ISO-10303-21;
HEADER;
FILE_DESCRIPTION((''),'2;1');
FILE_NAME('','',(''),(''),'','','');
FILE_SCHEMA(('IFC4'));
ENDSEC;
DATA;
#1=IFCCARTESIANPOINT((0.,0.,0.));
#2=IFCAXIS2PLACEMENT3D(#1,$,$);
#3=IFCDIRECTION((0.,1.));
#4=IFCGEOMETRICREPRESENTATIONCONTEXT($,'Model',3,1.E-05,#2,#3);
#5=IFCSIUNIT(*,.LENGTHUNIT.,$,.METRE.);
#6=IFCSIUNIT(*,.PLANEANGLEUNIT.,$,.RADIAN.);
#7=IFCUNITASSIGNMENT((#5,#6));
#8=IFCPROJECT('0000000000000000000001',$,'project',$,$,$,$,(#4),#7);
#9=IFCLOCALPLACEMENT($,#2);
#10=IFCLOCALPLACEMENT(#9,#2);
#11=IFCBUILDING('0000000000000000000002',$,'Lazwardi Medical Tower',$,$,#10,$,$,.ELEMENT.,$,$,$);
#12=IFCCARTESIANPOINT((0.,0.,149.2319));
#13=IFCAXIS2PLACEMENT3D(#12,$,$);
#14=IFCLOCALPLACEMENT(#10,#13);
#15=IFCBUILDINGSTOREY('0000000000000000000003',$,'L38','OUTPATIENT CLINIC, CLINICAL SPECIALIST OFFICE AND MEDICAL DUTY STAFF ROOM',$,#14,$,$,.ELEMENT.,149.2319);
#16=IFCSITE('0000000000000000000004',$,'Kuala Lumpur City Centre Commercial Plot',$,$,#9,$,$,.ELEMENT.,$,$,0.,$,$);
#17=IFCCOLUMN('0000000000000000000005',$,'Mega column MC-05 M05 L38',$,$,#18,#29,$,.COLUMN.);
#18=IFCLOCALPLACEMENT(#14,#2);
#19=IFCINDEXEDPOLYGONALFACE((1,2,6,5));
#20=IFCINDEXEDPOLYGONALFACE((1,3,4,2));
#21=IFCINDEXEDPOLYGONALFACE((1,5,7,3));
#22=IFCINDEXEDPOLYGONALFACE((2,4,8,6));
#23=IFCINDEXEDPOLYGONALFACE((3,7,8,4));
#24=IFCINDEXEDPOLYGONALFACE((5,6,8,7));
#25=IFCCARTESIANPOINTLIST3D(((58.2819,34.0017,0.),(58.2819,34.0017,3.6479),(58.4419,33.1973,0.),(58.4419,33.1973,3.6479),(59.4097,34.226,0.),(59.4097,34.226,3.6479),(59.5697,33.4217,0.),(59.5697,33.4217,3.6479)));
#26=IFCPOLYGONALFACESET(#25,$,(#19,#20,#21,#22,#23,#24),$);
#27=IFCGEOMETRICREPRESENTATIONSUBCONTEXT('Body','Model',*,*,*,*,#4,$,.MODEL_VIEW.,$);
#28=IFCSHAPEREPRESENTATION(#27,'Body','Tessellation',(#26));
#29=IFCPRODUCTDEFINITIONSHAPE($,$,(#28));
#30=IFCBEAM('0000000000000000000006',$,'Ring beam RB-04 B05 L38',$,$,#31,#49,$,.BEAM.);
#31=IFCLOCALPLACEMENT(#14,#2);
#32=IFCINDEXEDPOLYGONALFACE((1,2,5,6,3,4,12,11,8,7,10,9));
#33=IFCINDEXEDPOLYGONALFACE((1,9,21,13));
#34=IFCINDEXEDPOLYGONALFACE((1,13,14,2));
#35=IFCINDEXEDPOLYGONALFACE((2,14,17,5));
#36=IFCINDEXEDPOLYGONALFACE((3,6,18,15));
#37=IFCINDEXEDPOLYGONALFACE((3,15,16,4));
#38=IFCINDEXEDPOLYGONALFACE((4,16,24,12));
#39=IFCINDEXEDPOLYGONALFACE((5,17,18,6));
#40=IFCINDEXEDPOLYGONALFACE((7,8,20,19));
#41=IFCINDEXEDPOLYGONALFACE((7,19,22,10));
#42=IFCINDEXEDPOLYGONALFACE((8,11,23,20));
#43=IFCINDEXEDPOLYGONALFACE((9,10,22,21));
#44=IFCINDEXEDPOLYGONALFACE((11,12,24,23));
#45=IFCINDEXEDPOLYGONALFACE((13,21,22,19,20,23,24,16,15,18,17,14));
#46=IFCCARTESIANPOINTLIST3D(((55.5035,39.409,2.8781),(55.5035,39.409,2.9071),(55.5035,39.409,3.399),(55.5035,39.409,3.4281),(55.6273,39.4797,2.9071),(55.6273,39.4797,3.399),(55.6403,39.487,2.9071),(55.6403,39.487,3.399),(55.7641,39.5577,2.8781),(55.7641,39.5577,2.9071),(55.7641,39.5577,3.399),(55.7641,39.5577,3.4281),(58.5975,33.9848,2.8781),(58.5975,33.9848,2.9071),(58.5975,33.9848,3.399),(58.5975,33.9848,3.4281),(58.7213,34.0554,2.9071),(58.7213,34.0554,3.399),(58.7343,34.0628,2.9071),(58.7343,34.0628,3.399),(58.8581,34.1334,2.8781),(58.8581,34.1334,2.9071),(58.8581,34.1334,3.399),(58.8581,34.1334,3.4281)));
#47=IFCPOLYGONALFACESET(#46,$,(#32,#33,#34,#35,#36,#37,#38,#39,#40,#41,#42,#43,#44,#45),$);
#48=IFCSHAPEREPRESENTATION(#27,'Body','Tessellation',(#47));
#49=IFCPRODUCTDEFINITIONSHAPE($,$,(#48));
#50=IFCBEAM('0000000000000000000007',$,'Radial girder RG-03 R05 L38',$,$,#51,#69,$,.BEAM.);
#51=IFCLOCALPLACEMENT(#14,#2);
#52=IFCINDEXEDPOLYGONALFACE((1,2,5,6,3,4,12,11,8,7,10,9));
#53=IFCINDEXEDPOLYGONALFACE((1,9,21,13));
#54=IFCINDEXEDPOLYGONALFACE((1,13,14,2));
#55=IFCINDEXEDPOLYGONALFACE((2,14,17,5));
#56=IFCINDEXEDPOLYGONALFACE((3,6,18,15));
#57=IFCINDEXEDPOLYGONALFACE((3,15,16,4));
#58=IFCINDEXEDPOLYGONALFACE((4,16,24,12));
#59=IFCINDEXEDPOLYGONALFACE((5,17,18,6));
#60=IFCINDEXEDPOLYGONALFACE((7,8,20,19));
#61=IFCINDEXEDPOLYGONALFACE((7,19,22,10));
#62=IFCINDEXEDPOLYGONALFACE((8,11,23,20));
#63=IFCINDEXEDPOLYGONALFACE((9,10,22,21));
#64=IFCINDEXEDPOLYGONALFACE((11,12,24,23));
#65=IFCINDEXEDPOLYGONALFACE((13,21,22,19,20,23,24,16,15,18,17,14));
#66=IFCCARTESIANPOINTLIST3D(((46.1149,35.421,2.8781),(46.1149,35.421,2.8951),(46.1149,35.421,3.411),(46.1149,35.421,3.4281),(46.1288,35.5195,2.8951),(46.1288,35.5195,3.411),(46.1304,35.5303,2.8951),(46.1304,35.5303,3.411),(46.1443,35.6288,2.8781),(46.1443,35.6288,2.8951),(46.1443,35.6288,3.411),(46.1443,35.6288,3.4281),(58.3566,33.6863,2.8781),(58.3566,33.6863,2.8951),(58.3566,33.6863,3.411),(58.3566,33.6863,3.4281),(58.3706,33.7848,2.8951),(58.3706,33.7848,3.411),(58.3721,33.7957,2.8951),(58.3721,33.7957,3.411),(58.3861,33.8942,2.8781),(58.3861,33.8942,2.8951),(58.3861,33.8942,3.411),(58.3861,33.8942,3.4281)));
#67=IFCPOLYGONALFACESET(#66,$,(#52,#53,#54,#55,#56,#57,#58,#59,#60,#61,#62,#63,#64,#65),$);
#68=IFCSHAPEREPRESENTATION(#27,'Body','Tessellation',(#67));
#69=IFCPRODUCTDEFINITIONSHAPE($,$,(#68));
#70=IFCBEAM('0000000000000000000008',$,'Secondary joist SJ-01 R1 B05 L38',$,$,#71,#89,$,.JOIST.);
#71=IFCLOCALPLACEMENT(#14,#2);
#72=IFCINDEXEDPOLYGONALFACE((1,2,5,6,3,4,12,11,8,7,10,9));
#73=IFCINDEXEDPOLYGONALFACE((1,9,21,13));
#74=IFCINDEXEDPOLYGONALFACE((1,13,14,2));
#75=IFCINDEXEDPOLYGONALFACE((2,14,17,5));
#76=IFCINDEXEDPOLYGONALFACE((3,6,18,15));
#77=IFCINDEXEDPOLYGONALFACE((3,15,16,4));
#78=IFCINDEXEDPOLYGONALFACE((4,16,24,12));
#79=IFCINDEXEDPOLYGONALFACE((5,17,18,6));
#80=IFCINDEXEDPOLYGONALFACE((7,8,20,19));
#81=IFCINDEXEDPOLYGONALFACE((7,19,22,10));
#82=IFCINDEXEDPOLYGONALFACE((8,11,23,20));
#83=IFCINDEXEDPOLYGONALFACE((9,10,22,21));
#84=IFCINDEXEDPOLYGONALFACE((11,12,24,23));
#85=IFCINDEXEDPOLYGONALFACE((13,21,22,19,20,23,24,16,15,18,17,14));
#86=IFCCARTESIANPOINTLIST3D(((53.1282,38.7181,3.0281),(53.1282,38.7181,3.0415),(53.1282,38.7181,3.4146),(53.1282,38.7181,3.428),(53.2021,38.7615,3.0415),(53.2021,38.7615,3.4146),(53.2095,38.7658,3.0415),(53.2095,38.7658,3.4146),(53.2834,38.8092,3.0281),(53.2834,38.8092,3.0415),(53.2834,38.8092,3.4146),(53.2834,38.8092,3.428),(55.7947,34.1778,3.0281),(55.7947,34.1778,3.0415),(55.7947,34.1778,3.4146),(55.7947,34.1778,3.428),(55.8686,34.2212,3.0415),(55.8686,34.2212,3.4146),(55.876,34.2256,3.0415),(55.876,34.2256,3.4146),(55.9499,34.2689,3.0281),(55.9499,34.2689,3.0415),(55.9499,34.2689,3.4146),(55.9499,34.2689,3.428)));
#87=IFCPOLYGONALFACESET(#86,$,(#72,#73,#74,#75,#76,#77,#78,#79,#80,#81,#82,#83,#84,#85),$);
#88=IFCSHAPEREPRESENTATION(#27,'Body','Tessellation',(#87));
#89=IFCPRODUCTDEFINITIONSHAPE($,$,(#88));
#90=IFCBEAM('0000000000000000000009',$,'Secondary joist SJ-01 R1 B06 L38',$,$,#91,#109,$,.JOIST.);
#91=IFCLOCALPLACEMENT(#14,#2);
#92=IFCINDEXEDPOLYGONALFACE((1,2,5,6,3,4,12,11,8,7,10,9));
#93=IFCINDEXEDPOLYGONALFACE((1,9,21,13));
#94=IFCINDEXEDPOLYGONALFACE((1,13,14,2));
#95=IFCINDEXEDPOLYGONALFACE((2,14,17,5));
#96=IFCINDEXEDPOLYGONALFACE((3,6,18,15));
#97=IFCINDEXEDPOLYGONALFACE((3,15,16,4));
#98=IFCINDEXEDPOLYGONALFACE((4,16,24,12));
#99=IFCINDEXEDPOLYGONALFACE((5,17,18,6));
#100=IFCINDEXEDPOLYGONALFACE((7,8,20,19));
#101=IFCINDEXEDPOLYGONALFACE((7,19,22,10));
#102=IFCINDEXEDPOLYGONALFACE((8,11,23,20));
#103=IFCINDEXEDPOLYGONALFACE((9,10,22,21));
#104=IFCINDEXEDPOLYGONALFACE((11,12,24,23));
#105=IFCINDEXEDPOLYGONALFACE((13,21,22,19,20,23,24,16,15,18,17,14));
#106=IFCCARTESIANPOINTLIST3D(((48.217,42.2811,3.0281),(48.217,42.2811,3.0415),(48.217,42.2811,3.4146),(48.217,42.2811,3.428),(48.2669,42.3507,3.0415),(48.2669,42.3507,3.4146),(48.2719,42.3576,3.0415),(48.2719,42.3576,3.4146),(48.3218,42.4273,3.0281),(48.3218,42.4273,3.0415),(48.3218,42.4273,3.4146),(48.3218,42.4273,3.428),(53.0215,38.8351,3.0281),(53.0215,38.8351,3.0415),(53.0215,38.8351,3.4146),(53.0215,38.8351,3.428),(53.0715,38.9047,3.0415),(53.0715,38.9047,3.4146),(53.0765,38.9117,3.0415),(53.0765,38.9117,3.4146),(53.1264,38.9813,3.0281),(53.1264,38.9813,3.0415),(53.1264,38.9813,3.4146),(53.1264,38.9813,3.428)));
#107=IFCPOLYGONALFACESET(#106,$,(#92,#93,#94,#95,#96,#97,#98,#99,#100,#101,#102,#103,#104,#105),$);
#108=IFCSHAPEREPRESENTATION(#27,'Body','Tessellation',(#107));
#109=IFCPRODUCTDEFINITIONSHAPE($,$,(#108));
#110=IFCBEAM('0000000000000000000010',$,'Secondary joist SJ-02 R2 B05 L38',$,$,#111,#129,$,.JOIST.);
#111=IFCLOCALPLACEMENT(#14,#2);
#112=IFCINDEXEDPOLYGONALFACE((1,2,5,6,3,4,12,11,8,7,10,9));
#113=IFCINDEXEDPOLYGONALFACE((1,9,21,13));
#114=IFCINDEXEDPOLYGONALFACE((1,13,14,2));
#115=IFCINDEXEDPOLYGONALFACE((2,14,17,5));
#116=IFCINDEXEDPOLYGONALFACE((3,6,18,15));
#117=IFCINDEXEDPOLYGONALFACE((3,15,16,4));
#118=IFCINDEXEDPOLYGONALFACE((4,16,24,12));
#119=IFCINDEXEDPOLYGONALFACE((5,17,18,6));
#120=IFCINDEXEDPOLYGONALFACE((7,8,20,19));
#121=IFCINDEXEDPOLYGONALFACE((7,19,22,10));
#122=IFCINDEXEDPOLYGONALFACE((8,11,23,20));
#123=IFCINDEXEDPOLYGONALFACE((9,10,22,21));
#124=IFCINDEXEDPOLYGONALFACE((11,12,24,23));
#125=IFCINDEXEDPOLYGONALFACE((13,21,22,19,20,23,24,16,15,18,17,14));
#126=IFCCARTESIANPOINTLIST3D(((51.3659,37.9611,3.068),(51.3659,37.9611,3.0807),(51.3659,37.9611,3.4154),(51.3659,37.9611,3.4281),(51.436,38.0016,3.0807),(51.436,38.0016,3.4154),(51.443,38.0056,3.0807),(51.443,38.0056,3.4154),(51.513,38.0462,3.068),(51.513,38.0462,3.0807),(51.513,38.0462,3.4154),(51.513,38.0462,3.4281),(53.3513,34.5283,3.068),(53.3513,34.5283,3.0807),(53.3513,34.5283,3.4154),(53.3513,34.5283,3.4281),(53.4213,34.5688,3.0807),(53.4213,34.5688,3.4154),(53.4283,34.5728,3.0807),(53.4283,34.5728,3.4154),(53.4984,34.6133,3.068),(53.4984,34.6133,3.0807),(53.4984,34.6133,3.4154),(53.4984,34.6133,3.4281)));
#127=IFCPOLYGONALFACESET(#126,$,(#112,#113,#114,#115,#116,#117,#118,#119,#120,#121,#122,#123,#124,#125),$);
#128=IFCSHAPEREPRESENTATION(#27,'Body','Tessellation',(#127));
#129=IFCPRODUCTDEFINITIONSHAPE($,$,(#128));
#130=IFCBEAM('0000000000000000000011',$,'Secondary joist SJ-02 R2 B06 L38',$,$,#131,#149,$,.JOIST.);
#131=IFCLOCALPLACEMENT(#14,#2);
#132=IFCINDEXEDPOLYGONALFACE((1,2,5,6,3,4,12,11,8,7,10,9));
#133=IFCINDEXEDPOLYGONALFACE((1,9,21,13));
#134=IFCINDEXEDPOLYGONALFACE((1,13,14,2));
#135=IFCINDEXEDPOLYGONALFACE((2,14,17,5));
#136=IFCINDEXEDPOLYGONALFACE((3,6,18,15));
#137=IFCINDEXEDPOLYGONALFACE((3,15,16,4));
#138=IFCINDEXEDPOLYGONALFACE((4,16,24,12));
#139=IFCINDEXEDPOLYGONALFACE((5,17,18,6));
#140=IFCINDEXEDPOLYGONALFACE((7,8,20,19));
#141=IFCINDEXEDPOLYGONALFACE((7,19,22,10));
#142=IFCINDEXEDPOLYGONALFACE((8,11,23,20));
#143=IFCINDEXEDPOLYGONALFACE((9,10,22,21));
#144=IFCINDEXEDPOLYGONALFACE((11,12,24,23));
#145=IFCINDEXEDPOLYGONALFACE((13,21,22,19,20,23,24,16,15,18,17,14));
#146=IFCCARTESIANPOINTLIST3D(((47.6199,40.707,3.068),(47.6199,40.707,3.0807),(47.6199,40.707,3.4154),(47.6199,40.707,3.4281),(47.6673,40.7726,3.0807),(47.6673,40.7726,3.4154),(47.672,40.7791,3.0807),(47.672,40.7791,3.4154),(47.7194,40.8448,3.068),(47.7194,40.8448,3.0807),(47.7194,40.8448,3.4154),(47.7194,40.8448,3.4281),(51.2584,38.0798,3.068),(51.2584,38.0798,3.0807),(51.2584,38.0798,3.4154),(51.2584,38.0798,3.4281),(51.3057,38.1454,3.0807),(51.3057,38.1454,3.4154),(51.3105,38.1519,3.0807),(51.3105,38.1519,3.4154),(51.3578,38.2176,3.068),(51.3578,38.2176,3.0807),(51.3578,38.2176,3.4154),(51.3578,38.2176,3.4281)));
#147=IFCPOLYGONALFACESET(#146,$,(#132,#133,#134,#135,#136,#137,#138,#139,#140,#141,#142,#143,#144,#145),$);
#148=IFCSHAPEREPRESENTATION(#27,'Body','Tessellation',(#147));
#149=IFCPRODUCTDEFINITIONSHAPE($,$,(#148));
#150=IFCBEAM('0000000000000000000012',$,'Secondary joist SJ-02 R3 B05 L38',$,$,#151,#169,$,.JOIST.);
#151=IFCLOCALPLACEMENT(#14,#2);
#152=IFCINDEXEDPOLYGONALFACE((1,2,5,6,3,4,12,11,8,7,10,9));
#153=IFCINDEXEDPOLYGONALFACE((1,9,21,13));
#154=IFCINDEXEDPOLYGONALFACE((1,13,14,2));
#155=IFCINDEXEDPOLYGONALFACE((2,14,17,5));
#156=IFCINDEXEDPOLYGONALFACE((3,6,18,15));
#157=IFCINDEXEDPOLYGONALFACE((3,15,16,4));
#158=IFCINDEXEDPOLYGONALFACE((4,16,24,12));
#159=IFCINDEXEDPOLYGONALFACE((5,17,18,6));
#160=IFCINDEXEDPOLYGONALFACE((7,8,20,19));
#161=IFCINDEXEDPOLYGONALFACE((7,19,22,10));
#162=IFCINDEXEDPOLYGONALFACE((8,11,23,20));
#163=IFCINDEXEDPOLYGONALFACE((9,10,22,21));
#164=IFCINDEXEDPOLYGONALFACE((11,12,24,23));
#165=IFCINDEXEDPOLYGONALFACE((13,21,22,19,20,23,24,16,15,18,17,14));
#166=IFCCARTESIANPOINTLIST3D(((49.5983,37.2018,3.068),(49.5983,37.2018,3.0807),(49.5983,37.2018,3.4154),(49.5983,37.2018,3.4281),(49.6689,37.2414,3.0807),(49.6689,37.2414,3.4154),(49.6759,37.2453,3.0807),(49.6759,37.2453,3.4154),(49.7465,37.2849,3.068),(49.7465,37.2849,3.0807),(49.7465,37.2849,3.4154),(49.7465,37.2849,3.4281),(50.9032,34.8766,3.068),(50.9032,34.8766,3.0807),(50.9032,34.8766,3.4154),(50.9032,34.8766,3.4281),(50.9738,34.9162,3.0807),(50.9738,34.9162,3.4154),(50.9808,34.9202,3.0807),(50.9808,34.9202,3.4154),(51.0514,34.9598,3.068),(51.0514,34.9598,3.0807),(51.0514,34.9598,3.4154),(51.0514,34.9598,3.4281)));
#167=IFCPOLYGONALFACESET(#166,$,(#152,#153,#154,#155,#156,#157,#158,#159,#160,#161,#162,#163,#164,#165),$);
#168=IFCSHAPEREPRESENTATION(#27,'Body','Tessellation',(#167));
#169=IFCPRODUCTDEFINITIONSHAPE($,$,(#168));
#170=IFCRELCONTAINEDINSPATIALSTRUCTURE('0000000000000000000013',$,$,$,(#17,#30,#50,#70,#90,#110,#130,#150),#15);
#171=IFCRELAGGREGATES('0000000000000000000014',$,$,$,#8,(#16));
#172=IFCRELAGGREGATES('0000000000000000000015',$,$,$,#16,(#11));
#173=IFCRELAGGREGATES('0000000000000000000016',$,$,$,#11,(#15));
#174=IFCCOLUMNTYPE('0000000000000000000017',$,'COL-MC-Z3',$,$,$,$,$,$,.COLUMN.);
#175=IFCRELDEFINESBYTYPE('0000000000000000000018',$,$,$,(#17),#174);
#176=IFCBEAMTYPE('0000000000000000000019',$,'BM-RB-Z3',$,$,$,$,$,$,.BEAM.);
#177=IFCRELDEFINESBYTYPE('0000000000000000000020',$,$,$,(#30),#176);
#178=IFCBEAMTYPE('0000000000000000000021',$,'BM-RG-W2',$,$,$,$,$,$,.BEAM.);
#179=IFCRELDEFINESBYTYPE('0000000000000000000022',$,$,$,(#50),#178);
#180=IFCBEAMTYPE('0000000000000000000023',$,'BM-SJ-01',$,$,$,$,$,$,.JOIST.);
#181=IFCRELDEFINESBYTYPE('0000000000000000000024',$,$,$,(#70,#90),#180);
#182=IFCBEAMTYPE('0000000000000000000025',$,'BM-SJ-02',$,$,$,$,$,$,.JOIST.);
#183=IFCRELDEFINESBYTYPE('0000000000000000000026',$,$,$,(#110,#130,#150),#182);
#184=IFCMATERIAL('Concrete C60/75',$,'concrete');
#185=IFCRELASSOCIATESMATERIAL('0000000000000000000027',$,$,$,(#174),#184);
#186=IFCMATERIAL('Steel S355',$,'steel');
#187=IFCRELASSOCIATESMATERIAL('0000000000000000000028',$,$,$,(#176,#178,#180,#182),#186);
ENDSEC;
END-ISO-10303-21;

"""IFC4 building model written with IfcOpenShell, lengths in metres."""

from ifc_helpers import new_model, si_unit, direction, frame, origin, origin_2d, place, context, subcontext, project, spatial, rectangle, i_section, extrude, material, material_profile, profile_set, type_object, element, save


model = new_model("IFC4")

# Units and contexts
model_context = context("Model", 3, precision=1e-05, world=origin(), true_north=direction((0.0, 1.0)))
body_context = subcontext(model_context, "Body", "Model", "MODEL_VIEW")
ifc_project = project(units=[si_unit("LENGTHUNIT", "METRE"), si_unit("PLANEANGLEUNIT", "RADIAN")], contexts=[model_context])

# Site, building, storey
site_placement = place(None, origin())
site = spatial("IfcSite", under=ifc_project, at=site_placement, Name="Kuala Lumpur City Centre Commercial Plot", CompositionType="ELEMENT", RefElevation=0.0)
building_placement = place(site_placement, origin())
building = spatial("IfcBuilding", under=site, at=building_placement, Name="Lazwardi Medical Tower", CompositionType="ELEMENT")
storey_placement = place(building_placement, frame((0.0, 0.0, 149.2319)))
storey = spatial("IfcBuildingStorey", under=building, at=storey_placement, Name="L38", Description="OUTPATIENT CLINIC, CLINICAL SPECIALIST OFFICE AND MEDICAL DUTY STAFF ROOM", CompositionType="ELEMENT", Elevation=149.2319)

# Column
ifc_material_1 = material(Name="Concrete C60/75", Category="concrete")
ifc_material_profile_1 = material_profile(ifc_material_1, rectangle(XDim=1.1499, YDim=0.8201, at=origin_2d()), Name="CFT-RECT 1150x820")
ifc_profile_set_1 = profile_set([ifc_material_profile_1], Name="Concrete C60/75")
column_type = type_object("IfcColumnType", Name="COL-MC-Z3", PredefinedType="COLUMN", material=ifc_profile_set_1)
column_placement = place(storey_placement, frame((58.9258, 33.7117, 0.0), z_axis=(0.0, 0.0, 1.0), x_axis=(0.980785, 0.19509, 0.0)))
element("IfcColumn", 1, at=column_placement, inside=storey, type_object=column_type, Name="Mega column MC-05 M05 L38", PredefinedType="COLUMN", context=body_context, shape_type="SweptSolid", body=[
    extrude(rectangle(XDim=1.1499, YDim=0.8201, at=origin_2d()), origin(), (0.0, 0.0, 1.0), 3.6479),
])

# Beams
ifc_material_2 = material(Name="Steel S355", Category="steel")
ifc_material_profile_2 = material_profile(ifc_material_2, i_section(OverallWidth=0.3, OverallDepth=0.55, WebThickness=0.0149, FlangeThickness=0.0291, at=origin_2d()), Name="HEB 550")
ifc_profile_set_2 = profile_set([ifc_material_profile_2], Name="Steel S355")
beam_type_1 = type_object("IfcBeamType", Name="BM-RB-Z3", PredefinedType="BEAM", material=ifc_profile_set_2)
beam_1_placement = place(storey_placement, frame((58.7278, 34.0591, 3.1531), z_axis=(-0.495461, 0.86863, 0.0), x_axis=(-0.86863, -0.495461, 0.0)))
element("IfcBeam", 2, at=beam_1_placement, inside=storey, type_object=beam_type_1, Name="Ring beam RB-04 B05 L38", PredefinedType="BEAM", context=body_context, shape_type="SweptSolid", body=[
    extrude(i_section(OverallWidth=0.3, OverallDepth=0.55, WebThickness=0.0149, FlangeThickness=0.0291, at=origin_2d()), origin(), (0.0, 0.0, 1.0), 6.2446),
])
ifc_material_profile_3 = material_profile(ifc_material_2, i_section(OverallWidth=0.21, OverallDepth=0.55, WebThickness=0.011, FlangeThickness=0.0171, at=origin_2d()), Name="IPE 550")
ifc_profile_set_3 = profile_set([ifc_material_profile_3], Name="Steel S355")
beam_type_2 = type_object("IfcBeamType", Name="BM-RG-W2", PredefinedType="BEAM", material=ifc_profile_set_3)
beam_2_placement = place(storey_placement, frame((58.3713, 33.7903, 3.1531), z_axis=(-0.99011, 0.140296, 0.0), x_axis=(-0.140296, -0.99011, 0.0)))
element("IfcBeam", 3, at=beam_2_placement, inside=storey, type_object=beam_type_2, Name="Radial girder RG-03 R05 L38", PredefinedType="BEAM", context=body_context, shape_type="SweptSolid", body=[
    extrude(i_section(OverallWidth=0.21, OverallDepth=0.55, WebThickness=0.011, FlangeThickness=0.0171, at=origin_2d()), origin(), (0.0, 0.0, 1.0), 12.364),
])
ifc_material_profile_4 = material_profile(ifc_material_2, i_section(OverallWidth=0.1799, OverallDepth=0.3999, WebThickness=0.0085, FlangeThickness=0.0134, at=origin_2d()), Name="IPE 400")
ifc_profile_set_4 = profile_set([ifc_material_profile_4], Name="Steel S355")
beam_type_3 = type_object("IfcBeamType", Name="BM-SJ-01", PredefinedType="JOIST", material=ifc_profile_set_4)
beam_3_placement = place(storey_placement, frame((55.8723, 34.2234, 3.228), z_axis=(-0.50642, 0.862287, 0.0), x_axis=(-0.862287, -0.50642, 0.0)))
element("IfcBeam", 4, at=beam_3_placement, inside=storey, type_object=beam_type_3, Name="Secondary joist SJ-01 R1 B05 L38", PredefinedType="JOIST", context=body_context, shape_type="SweptSolid", body=[
    extrude(i_section(OverallWidth=0.1799, OverallDepth=0.3999, WebThickness=0.0085, FlangeThickness=0.0134, at=origin_2d()), origin(), (0.0, 0.0, 1.0), 5.2654),
])
beam_4_placement = place(storey_placement, frame((53.074, 38.9082, 3.228), z_axis=(-0.812602, 0.582819, 0.0), x_axis=(-0.582819, -0.812602, 0.0)))
element("IfcBeam", 5, at=beam_4_placement, inside=storey, type_object=beam_type_3, Name="Secondary joist SJ-01 R1 B06 L38", PredefinedType="JOIST", context=body_context, shape_type="SweptSolid", body=[
    extrude(i_section(OverallWidth=0.1799, OverallDepth=0.3999, WebThickness=0.0085, FlangeThickness=0.0134, at=origin_2d()), origin(), (0.0, 0.0, 1.0), 5.9126),
])
ifc_material_profile_5 = material_profile(ifc_material_2, i_section(OverallWidth=0.1699, OverallDepth=0.3601, WebThickness=0.0081, FlangeThickness=0.0127, at=origin_2d()), Name="IPE 360")
ifc_profile_set_5 = profile_set([ifc_material_profile_5], Name="Steel S355")
beam_type_4 = type_object("IfcBeamType", Name="BM-SJ-02", PredefinedType="JOIST", material=ifc_profile_set_5)
beam_5_placement = place(storey_placement, frame((53.4248, 34.5708, 3.248), z_axis=(-0.500641, 0.865655, 0.0), x_axis=(-0.865655, -0.500641, 0.0)))
element("IfcBeam", 6, at=beam_5_placement, inside=storey, type_object=beam_type_4, Name="Secondary joist SJ-02 R2 B05 L38", PredefinedType="JOIST", context=body_context, shape_type="SweptSolid", body=[
    extrude(i_section(OverallWidth=0.1699, OverallDepth=0.3601, WebThickness=0.0081, FlangeThickness=0.0127, at=origin_2d()), origin(), (0.0, 0.0, 1.0), 3.9656),
])
beam_6_placement = place(storey_placement, frame((51.3081, 38.1487, 3.248), z_axis=(-0.810738, 0.585409, 0.0), x_axis=(-0.585409, -0.810738, 0.0)))
element("IfcBeam", 7, at=beam_6_placement, inside=storey, type_object=beam_type_4, Name="Secondary joist SJ-02 R2 B06 L38", PredefinedType="JOIST", context=body_context, shape_type="SweptSolid", body=[
    extrude(i_section(OverallWidth=0.1699, OverallDepth=0.3601, WebThickness=0.0081, FlangeThickness=0.0127, at=origin_2d()), origin(), (0.0, 0.0, 1.0), 4.4878),
])
beam_7_placement = place(storey_placement, frame((50.9773, 34.9182, 3.248), z_axis=(-0.489409, 0.872054, 0.0), x_axis=(-0.872054, -0.489409, 0.0)))
element("IfcBeam", 8, at=beam_7_placement, inside=storey, type_object=beam_type_4, Name="Secondary joist SJ-02 R3 B05 L38", PredefinedType="JOIST", context=body_context, shape_type="SweptSolid", body=[
    extrude(i_section(OverallWidth=0.1699, OverallDepth=0.3601, WebThickness=0.0081, FlangeThickness=0.0127, at=origin_2d()), origin(), (0.0, 0.0, 1.0), 2.6663),
])

save(model, "model.ifc")
